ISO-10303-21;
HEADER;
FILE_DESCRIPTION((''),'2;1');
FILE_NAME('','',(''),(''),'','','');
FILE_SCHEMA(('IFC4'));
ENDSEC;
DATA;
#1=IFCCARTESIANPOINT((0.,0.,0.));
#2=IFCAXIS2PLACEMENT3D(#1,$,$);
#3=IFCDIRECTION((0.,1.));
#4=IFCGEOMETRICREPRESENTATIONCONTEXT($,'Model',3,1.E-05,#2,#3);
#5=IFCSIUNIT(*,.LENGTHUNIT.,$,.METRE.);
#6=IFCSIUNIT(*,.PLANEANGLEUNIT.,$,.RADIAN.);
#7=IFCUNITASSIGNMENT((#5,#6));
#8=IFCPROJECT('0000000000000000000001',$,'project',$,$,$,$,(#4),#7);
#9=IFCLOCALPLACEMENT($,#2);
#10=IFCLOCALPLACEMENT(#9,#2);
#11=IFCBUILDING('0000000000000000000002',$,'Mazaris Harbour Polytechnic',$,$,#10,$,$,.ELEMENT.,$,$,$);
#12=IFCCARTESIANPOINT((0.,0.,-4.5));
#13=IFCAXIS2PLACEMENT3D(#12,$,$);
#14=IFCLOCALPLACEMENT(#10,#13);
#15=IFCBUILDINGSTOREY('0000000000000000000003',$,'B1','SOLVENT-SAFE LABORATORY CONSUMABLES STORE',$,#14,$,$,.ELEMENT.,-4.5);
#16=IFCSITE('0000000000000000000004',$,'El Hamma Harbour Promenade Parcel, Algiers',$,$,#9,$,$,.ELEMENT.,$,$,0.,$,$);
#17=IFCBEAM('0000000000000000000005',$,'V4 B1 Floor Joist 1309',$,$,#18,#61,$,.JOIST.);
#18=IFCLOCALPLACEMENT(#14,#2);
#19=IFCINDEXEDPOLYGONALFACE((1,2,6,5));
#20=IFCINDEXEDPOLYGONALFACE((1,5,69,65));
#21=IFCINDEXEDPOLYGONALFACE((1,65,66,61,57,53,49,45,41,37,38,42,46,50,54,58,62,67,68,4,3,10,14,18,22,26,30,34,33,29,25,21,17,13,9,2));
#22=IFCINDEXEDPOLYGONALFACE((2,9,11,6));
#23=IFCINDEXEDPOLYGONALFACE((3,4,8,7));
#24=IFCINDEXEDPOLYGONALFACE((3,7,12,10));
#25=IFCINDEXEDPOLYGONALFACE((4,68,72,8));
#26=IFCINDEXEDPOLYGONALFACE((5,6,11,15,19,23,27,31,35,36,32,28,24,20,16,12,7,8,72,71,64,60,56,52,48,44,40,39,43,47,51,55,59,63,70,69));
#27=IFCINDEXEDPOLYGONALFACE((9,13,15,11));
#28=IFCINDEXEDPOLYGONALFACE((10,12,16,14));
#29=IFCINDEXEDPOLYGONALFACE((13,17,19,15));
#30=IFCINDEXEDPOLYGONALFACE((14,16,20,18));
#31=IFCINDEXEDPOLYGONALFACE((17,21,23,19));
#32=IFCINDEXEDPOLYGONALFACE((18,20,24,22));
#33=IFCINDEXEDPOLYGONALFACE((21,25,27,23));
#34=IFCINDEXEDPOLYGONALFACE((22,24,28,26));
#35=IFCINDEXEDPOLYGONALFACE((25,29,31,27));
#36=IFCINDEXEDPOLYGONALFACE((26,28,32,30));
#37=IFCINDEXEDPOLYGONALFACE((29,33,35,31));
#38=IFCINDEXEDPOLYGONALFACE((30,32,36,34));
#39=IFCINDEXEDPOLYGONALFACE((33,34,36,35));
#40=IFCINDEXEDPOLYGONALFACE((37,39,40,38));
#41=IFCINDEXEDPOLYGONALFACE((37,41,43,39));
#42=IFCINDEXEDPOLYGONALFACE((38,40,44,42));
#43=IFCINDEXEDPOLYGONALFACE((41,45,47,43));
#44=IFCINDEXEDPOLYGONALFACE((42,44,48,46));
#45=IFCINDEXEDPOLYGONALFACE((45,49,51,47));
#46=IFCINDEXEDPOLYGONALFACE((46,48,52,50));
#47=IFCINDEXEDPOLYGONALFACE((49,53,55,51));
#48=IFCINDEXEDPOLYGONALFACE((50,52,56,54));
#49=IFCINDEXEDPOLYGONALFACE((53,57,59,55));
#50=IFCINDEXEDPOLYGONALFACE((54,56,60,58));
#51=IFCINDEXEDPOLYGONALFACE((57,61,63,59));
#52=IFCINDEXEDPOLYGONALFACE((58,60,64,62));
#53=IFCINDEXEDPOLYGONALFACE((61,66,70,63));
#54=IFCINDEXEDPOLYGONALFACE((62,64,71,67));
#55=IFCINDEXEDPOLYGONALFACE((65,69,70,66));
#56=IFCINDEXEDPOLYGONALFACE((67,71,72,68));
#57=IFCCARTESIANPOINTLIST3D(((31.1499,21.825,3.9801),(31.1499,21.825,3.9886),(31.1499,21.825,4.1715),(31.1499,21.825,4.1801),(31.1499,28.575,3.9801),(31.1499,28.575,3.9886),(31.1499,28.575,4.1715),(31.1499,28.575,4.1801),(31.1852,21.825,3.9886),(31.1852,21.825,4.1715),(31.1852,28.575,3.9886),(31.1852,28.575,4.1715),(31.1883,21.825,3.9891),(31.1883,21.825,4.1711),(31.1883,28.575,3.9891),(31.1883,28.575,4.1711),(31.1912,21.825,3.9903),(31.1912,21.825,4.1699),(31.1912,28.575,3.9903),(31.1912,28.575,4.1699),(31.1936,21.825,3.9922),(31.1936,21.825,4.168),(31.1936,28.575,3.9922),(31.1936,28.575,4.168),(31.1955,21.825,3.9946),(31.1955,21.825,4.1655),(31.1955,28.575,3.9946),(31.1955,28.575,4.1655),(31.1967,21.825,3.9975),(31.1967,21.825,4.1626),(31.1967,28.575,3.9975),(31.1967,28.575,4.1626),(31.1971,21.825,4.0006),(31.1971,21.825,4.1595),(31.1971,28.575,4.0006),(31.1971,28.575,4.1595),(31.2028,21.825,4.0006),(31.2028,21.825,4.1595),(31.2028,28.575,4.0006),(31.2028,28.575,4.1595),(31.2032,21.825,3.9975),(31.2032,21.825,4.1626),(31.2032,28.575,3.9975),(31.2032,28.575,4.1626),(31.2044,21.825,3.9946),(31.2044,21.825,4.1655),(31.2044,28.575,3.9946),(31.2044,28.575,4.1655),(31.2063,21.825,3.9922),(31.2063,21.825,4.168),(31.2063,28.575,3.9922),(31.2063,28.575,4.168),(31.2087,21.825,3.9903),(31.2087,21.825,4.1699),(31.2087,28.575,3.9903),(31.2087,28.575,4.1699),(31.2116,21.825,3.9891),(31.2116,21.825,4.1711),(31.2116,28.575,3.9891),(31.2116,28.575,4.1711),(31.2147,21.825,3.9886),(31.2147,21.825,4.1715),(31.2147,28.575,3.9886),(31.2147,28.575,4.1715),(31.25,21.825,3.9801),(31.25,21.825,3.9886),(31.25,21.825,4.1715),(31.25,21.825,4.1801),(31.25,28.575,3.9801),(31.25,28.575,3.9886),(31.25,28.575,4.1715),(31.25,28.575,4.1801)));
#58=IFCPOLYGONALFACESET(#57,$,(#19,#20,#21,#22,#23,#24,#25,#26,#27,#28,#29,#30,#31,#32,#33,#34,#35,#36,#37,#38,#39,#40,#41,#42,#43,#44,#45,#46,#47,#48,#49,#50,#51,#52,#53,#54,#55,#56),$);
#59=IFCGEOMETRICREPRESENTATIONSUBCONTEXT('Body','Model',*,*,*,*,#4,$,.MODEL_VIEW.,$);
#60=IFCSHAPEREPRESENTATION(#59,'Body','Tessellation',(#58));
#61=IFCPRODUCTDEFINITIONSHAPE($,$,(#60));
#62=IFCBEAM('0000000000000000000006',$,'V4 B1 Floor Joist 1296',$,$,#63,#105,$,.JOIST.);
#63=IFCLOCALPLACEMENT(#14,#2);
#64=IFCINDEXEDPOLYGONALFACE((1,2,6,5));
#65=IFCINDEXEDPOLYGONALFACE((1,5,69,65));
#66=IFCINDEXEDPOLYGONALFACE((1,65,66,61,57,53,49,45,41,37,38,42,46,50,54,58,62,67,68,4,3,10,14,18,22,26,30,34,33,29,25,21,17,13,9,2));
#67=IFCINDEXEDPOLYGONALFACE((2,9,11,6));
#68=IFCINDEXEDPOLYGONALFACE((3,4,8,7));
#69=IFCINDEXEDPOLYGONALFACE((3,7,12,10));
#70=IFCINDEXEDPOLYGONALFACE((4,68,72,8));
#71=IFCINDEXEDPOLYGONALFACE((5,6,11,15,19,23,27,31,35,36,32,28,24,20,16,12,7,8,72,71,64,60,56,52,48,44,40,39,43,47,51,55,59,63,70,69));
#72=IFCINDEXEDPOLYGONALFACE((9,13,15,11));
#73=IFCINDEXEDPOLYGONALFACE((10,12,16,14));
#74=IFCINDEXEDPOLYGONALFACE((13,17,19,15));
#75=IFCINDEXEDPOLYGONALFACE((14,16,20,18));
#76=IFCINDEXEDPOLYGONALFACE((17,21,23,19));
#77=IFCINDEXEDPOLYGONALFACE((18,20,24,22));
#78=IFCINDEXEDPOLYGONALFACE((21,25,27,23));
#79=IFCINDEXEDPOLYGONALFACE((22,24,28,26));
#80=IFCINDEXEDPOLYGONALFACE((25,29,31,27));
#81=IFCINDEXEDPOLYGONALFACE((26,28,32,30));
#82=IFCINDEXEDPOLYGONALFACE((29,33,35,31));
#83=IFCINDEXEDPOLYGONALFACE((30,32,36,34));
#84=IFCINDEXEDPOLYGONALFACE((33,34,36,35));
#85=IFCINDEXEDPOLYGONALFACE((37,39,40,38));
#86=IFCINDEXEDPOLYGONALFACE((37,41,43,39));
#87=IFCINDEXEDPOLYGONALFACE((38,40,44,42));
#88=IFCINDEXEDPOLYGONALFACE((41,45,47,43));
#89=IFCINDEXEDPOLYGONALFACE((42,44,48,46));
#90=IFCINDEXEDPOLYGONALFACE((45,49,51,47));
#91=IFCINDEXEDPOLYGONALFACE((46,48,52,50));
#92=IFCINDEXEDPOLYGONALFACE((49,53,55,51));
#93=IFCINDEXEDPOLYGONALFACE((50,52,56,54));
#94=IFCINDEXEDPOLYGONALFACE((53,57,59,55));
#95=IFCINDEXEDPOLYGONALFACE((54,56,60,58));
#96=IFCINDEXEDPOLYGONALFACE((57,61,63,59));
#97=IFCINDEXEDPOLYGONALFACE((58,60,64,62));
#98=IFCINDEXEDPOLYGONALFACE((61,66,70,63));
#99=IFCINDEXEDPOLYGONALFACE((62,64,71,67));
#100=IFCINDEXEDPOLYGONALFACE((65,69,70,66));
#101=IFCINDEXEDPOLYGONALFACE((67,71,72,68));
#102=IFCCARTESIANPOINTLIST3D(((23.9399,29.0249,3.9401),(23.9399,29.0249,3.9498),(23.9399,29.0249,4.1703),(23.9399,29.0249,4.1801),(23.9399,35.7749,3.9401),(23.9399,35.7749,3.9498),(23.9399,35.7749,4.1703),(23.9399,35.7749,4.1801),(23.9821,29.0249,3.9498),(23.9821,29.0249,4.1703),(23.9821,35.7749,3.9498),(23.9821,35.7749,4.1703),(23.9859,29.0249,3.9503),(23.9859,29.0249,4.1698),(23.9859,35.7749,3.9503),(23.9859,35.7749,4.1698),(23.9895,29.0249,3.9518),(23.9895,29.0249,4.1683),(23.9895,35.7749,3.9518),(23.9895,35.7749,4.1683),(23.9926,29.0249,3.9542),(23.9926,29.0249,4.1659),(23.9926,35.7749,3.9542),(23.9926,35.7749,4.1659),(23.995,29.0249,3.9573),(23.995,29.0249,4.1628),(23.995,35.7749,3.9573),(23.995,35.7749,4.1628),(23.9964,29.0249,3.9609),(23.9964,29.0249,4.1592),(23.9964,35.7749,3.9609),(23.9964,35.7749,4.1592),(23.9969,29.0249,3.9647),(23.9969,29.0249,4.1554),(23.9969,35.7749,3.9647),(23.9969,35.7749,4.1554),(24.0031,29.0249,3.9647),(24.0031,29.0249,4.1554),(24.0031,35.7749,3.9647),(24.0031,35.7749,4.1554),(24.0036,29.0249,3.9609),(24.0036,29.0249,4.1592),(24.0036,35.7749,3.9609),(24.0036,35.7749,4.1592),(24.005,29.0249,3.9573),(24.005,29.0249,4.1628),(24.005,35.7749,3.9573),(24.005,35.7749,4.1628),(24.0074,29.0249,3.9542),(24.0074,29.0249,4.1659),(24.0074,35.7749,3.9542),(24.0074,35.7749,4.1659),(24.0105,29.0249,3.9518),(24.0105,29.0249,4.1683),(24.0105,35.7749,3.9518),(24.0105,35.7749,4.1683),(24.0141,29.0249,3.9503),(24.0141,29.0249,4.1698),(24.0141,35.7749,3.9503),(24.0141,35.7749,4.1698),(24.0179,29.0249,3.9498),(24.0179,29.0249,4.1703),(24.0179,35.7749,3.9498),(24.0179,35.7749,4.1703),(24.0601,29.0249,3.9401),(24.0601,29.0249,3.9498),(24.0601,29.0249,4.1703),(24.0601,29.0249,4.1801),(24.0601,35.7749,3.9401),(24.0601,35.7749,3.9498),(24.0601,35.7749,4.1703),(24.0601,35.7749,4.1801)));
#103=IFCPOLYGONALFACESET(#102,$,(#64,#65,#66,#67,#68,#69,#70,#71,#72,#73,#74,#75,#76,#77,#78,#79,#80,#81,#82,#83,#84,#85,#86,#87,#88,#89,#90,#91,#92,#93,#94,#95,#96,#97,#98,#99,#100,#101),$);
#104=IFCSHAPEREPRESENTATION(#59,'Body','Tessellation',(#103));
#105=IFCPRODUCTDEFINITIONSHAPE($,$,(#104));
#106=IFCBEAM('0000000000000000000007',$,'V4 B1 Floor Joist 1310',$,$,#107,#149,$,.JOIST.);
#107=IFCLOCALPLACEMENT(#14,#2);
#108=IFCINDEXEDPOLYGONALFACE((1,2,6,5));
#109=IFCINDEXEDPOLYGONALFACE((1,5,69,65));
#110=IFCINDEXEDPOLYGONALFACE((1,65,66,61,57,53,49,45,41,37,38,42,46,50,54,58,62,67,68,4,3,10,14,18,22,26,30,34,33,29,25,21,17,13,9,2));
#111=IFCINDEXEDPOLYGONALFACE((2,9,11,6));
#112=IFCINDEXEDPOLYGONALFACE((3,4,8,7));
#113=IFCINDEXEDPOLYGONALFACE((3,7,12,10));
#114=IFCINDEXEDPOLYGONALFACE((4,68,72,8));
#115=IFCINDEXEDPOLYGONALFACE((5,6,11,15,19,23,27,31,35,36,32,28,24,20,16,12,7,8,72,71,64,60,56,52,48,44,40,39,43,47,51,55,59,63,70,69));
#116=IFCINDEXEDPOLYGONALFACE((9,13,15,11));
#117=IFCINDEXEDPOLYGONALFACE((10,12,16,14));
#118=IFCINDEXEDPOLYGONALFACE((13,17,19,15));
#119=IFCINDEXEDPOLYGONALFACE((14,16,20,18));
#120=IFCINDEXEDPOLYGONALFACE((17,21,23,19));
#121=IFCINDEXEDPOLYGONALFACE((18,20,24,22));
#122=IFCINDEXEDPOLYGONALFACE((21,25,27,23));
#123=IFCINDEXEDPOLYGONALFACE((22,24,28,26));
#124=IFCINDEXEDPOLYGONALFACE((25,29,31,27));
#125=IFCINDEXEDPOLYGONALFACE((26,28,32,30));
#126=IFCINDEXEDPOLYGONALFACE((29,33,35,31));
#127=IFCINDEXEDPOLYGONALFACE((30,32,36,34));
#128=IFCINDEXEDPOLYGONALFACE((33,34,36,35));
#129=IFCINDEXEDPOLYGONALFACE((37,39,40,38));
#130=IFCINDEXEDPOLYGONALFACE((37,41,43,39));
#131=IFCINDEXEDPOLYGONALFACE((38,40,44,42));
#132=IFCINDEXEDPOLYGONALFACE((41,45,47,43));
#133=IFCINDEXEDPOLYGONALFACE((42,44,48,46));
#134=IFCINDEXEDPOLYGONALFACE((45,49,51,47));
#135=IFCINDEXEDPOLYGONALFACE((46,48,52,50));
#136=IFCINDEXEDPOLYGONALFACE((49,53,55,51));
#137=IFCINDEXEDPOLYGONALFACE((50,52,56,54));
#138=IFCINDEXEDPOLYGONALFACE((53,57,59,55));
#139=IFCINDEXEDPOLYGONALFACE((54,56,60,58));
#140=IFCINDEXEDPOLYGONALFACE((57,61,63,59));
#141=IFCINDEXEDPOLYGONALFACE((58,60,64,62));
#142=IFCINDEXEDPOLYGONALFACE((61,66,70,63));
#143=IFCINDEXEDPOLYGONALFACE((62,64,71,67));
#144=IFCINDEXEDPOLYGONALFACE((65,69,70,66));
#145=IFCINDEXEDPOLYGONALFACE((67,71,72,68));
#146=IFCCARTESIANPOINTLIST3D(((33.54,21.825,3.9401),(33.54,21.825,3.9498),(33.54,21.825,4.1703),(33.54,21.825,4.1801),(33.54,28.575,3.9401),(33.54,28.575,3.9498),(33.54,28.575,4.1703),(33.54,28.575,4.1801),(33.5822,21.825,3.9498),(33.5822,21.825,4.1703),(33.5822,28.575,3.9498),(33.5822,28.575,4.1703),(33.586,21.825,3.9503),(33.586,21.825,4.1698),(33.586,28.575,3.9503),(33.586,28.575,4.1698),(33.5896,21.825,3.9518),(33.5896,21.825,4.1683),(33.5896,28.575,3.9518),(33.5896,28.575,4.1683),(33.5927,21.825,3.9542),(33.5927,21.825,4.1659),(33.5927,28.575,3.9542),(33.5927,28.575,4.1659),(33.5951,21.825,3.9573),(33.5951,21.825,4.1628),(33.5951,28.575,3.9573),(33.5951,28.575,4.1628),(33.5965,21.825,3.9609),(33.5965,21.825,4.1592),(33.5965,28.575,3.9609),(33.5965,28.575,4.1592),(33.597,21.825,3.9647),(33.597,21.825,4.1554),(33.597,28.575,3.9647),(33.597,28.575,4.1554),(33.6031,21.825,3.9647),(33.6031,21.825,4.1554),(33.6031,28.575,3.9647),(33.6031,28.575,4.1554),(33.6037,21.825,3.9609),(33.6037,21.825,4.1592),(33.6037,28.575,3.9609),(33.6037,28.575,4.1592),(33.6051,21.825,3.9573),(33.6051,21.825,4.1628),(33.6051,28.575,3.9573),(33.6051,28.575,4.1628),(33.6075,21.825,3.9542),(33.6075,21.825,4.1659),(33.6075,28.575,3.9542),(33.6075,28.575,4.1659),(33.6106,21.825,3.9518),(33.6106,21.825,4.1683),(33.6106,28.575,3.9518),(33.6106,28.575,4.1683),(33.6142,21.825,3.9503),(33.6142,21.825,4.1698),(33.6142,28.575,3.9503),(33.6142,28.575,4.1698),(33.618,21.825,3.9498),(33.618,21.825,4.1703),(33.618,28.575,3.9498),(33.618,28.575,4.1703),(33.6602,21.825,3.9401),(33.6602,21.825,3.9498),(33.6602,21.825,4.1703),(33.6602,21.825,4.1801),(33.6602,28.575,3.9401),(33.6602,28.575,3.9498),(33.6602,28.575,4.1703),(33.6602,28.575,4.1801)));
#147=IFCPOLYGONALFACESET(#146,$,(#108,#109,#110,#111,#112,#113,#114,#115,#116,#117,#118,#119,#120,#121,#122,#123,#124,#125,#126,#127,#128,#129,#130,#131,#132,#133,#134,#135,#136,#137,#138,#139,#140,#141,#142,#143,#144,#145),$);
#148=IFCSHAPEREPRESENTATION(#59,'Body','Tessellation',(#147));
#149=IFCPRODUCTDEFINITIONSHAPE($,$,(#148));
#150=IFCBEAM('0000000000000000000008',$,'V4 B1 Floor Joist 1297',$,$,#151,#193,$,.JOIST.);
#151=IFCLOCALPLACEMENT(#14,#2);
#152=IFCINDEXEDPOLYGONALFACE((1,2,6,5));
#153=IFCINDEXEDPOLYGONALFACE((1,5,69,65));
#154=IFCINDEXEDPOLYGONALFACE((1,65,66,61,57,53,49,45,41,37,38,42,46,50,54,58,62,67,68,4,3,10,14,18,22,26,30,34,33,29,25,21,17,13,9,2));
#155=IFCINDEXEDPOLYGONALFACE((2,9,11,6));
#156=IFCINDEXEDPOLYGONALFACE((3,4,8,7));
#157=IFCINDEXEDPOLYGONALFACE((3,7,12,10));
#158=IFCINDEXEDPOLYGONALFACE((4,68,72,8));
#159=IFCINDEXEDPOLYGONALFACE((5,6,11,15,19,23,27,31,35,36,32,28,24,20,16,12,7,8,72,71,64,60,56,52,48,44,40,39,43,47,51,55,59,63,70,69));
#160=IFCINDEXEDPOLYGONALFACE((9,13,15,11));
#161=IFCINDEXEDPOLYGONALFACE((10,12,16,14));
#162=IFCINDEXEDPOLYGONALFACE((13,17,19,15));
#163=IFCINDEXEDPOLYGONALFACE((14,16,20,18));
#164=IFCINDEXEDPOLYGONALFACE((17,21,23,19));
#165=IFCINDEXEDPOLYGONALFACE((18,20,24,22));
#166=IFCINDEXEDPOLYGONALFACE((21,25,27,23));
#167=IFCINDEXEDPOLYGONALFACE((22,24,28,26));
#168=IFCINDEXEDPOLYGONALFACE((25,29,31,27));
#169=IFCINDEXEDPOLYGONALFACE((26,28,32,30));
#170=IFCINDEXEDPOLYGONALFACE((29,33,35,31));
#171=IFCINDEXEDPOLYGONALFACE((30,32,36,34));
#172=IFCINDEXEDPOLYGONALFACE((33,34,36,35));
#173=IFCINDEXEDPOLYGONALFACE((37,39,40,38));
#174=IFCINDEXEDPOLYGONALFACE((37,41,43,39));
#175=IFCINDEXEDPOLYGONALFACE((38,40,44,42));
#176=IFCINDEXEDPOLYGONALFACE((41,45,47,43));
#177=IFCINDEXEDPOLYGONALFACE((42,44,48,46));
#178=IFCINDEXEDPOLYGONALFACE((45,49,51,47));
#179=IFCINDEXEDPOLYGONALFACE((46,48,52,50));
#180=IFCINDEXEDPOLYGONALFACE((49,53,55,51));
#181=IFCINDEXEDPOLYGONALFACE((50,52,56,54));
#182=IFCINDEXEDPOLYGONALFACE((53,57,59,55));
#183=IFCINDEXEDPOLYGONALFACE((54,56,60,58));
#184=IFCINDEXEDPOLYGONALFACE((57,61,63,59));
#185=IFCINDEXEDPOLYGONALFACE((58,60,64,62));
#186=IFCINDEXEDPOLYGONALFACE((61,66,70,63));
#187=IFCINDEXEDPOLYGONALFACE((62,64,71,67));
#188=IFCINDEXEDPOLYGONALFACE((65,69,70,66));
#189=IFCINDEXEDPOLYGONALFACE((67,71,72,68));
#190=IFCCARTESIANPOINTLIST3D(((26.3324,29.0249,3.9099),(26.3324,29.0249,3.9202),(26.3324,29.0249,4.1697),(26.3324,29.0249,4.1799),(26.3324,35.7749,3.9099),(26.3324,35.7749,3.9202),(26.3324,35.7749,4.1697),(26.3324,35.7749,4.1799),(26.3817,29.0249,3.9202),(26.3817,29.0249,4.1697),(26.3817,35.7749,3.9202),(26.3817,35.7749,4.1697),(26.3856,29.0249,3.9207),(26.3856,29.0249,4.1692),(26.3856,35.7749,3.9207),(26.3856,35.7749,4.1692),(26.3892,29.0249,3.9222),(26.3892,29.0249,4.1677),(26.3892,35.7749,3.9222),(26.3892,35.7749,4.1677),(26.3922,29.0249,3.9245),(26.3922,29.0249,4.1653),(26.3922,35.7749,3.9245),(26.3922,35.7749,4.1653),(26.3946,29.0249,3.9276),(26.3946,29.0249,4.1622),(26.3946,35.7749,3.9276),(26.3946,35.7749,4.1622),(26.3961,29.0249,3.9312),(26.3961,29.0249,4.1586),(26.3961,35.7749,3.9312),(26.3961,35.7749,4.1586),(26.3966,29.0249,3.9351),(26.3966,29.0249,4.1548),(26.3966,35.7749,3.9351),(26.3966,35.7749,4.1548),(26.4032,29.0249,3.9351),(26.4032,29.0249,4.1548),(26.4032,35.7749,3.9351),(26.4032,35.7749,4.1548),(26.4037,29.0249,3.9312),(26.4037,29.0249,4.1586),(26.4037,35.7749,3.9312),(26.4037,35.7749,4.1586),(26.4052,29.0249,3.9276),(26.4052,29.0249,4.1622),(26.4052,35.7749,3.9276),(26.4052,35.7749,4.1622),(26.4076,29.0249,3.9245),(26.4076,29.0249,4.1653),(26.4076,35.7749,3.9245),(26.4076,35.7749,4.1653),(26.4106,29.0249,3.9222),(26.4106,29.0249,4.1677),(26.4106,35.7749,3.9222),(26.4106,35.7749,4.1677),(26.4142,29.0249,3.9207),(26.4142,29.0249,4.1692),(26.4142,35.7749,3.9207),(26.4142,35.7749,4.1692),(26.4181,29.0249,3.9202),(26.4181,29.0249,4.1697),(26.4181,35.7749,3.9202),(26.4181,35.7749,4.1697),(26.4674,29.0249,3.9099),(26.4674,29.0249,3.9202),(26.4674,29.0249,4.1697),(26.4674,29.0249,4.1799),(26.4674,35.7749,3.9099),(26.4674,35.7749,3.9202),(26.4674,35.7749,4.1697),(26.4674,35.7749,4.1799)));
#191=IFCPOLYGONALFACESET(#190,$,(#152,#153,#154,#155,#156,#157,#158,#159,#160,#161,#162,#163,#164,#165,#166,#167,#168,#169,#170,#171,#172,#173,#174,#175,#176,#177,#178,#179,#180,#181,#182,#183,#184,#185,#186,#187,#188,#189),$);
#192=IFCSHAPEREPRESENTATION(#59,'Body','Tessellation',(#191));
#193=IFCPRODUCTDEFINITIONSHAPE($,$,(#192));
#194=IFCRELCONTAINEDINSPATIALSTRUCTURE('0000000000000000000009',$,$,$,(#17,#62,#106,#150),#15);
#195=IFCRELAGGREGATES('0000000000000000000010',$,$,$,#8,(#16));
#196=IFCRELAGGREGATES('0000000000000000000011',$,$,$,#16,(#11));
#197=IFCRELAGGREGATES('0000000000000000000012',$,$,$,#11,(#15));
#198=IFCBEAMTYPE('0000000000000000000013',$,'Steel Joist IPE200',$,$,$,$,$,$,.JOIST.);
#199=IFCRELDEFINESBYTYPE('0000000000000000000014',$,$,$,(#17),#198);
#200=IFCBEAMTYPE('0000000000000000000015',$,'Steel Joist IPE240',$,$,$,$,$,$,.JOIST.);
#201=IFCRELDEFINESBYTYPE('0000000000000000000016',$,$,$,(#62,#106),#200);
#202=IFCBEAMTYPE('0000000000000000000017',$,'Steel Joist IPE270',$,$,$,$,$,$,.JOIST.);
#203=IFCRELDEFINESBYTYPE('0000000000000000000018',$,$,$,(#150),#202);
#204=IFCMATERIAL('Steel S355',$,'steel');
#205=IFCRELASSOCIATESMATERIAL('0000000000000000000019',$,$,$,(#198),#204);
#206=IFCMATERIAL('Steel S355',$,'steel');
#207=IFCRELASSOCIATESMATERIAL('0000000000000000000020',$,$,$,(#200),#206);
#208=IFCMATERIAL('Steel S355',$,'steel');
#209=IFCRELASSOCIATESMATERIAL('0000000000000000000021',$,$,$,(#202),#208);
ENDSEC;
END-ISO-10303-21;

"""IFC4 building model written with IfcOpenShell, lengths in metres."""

from ifc_helpers import new_model, si_unit, direction, frame, origin, origin_2d, place, context, subcontext, project, spatial, i_section, extrude, material, material_profile, profile_set, type_object, element, save


model = new_model("IFC4")

# Units and contexts
model_context = context("Model", 3, precision=1e-05, world=origin(), true_north=direction((0.0, 1.0)))
body_context = subcontext(model_context, "Body", "Model", "MODEL_VIEW")
ifc_project = project(units=[si_unit("LENGTHUNIT", "METRE"), si_unit("PLANEANGLEUNIT", "RADIAN")], contexts=[model_context])

# Site, building, storey
site_placement = place(None, origin())
site = spatial("IfcSite", under=ifc_project, at=site_placement, Name="El Hamma Harbour Promenade Parcel, Algiers", CompositionType="ELEMENT", RefElevation=0.0)
building_placement = place(site_placement, origin())
building = spatial("IfcBuilding", under=site, at=building_placement, Name="Mazaris Harbour Polytechnic", CompositionType="ELEMENT")
storey_placement = place(building_placement, frame((0.0, 0.0, -4.5)))
storey = spatial("IfcBuildingStorey", under=building, at=storey_placement, Name="B1", Description="SOLVENT-SAFE LABORATORY CONSUMABLES STORE", CompositionType="ELEMENT", Elevation=-4.5)

# Beams
ifc_material_1 = material(Name="Steel S355", Category="steel")
ifc_material_profile_1 = material_profile(ifc_material_1, i_section(OverallWidth=0.1001, OverallDepth=0.2, WebThickness=0.0056, FlangeThickness=0.0085, FilletRadius=0.012, at=origin_2d()), Name="IPE 200")
ifc_profile_set_1 = profile_set([ifc_material_profile_1], Name="Steel S355")
beam_type_1 = type_object("IfcBeamType", Name="Steel Joist IPE200", PredefinedType="JOIST", material=ifc_profile_set_1)
beam_1_placement = place(storey_placement, frame((31.2, 21.825, 4.0801), z_axis=(0.0, 1.0, 0.0), x_axis=(-1.0, 0.0, 0.0)))
element("IfcBeam", 1, at=beam_1_placement, inside=storey, type_object=beam_type_1, Name="V4 B1 Floor Joist 1309", PredefinedType="JOIST", context=body_context, shape_type="SweptSolid", body=[
    extrude(i_section(OverallWidth=0.1001, OverallDepth=0.2, WebThickness=0.0056, FlangeThickness=0.0085, FilletRadius=0.012, at=origin_2d()), origin(), (0.0, 0.0, 1.0), 6.75),
])
ifc_material_2 = material(Name="Steel S355", Category="steel")
ifc_material_profile_2 = material_profile(ifc_material_2, i_section(OverallWidth=0.1201, OverallDepth=0.24, WebThickness=0.0061, FlangeThickness=0.0098, FilletRadius=0.0149, at=origin_2d()), Name="IPE 240")
ifc_profile_set_2 = profile_set([ifc_material_profile_2], Name="Steel S355")
beam_type_2 = type_object("IfcBeamType", Name="Steel Joist IPE240", PredefinedType="JOIST", material=ifc_profile_set_2)
for number, where, z_axis, x_axis, name in (
    (2, (24.0, 29.0249, 4.0601), (0.0, 1.0, 0.0), (-1.0, 0.0, 0.0), "V4 B1 Floor Joist 1296"),
    (3, (33.6001, 21.825, 4.0601), (0.0, 1.0, 0.0), (-1.0, 0.0, 0.0), "V4 B1 Floor Joist 1310"),
):
    element("IfcBeam", number, at=place(storey_placement, frame(where, z_axis=z_axis, x_axis=x_axis)), inside=storey, type_object=beam_type_2, Name=name, PredefinedType="JOIST", context=body_context, shape_type="SweptSolid", body=[
        extrude(i_section(OverallWidth=0.1201, OverallDepth=0.24, WebThickness=0.0061, FlangeThickness=0.0098, FilletRadius=0.0149, at=origin_2d()), origin(), (0.0, 0.0, 1.0), 6.75),
    ])
ifc_material_3 = material(Name="Steel S355", Category="steel")
ifc_material_profile_3 = material_profile(ifc_material_3, i_section(OverallWidth=0.135, OverallDepth=0.27, WebThickness=0.0066, FlangeThickness=0.0103, FilletRadius=0.0149, at=origin_2d()), Name="IPE 270")
ifc_profile_set_3 = profile_set([ifc_material_profile_3], Name="Steel S355")
beam_type_3 = type_object("IfcBeamType", Name="Steel Joist IPE270", PredefinedType="JOIST", material=ifc_profile_set_3)
beam_2_placement = place(storey_placement, frame((26.3999, 29.0249, 4.0449), z_axis=(0.0, 1.0, 0.0), x_axis=(-1.0, 0.0, 0.0)))
element("IfcBeam", 4, at=beam_2_placement, inside=storey, type_object=beam_type_3, Name="V4 B1 Floor Joist 1297", PredefinedType="JOIST", context=body_context, shape_type="SweptSolid", body=[
    extrude(i_section(OverallWidth=0.135, OverallDepth=0.27, WebThickness=0.0066, FlangeThickness=0.0103, FilletRadius=0.0149, at=origin_2d()), origin(), (0.0, 0.0, 1.0), 6.75),
])

save(model, "model.ifc")
